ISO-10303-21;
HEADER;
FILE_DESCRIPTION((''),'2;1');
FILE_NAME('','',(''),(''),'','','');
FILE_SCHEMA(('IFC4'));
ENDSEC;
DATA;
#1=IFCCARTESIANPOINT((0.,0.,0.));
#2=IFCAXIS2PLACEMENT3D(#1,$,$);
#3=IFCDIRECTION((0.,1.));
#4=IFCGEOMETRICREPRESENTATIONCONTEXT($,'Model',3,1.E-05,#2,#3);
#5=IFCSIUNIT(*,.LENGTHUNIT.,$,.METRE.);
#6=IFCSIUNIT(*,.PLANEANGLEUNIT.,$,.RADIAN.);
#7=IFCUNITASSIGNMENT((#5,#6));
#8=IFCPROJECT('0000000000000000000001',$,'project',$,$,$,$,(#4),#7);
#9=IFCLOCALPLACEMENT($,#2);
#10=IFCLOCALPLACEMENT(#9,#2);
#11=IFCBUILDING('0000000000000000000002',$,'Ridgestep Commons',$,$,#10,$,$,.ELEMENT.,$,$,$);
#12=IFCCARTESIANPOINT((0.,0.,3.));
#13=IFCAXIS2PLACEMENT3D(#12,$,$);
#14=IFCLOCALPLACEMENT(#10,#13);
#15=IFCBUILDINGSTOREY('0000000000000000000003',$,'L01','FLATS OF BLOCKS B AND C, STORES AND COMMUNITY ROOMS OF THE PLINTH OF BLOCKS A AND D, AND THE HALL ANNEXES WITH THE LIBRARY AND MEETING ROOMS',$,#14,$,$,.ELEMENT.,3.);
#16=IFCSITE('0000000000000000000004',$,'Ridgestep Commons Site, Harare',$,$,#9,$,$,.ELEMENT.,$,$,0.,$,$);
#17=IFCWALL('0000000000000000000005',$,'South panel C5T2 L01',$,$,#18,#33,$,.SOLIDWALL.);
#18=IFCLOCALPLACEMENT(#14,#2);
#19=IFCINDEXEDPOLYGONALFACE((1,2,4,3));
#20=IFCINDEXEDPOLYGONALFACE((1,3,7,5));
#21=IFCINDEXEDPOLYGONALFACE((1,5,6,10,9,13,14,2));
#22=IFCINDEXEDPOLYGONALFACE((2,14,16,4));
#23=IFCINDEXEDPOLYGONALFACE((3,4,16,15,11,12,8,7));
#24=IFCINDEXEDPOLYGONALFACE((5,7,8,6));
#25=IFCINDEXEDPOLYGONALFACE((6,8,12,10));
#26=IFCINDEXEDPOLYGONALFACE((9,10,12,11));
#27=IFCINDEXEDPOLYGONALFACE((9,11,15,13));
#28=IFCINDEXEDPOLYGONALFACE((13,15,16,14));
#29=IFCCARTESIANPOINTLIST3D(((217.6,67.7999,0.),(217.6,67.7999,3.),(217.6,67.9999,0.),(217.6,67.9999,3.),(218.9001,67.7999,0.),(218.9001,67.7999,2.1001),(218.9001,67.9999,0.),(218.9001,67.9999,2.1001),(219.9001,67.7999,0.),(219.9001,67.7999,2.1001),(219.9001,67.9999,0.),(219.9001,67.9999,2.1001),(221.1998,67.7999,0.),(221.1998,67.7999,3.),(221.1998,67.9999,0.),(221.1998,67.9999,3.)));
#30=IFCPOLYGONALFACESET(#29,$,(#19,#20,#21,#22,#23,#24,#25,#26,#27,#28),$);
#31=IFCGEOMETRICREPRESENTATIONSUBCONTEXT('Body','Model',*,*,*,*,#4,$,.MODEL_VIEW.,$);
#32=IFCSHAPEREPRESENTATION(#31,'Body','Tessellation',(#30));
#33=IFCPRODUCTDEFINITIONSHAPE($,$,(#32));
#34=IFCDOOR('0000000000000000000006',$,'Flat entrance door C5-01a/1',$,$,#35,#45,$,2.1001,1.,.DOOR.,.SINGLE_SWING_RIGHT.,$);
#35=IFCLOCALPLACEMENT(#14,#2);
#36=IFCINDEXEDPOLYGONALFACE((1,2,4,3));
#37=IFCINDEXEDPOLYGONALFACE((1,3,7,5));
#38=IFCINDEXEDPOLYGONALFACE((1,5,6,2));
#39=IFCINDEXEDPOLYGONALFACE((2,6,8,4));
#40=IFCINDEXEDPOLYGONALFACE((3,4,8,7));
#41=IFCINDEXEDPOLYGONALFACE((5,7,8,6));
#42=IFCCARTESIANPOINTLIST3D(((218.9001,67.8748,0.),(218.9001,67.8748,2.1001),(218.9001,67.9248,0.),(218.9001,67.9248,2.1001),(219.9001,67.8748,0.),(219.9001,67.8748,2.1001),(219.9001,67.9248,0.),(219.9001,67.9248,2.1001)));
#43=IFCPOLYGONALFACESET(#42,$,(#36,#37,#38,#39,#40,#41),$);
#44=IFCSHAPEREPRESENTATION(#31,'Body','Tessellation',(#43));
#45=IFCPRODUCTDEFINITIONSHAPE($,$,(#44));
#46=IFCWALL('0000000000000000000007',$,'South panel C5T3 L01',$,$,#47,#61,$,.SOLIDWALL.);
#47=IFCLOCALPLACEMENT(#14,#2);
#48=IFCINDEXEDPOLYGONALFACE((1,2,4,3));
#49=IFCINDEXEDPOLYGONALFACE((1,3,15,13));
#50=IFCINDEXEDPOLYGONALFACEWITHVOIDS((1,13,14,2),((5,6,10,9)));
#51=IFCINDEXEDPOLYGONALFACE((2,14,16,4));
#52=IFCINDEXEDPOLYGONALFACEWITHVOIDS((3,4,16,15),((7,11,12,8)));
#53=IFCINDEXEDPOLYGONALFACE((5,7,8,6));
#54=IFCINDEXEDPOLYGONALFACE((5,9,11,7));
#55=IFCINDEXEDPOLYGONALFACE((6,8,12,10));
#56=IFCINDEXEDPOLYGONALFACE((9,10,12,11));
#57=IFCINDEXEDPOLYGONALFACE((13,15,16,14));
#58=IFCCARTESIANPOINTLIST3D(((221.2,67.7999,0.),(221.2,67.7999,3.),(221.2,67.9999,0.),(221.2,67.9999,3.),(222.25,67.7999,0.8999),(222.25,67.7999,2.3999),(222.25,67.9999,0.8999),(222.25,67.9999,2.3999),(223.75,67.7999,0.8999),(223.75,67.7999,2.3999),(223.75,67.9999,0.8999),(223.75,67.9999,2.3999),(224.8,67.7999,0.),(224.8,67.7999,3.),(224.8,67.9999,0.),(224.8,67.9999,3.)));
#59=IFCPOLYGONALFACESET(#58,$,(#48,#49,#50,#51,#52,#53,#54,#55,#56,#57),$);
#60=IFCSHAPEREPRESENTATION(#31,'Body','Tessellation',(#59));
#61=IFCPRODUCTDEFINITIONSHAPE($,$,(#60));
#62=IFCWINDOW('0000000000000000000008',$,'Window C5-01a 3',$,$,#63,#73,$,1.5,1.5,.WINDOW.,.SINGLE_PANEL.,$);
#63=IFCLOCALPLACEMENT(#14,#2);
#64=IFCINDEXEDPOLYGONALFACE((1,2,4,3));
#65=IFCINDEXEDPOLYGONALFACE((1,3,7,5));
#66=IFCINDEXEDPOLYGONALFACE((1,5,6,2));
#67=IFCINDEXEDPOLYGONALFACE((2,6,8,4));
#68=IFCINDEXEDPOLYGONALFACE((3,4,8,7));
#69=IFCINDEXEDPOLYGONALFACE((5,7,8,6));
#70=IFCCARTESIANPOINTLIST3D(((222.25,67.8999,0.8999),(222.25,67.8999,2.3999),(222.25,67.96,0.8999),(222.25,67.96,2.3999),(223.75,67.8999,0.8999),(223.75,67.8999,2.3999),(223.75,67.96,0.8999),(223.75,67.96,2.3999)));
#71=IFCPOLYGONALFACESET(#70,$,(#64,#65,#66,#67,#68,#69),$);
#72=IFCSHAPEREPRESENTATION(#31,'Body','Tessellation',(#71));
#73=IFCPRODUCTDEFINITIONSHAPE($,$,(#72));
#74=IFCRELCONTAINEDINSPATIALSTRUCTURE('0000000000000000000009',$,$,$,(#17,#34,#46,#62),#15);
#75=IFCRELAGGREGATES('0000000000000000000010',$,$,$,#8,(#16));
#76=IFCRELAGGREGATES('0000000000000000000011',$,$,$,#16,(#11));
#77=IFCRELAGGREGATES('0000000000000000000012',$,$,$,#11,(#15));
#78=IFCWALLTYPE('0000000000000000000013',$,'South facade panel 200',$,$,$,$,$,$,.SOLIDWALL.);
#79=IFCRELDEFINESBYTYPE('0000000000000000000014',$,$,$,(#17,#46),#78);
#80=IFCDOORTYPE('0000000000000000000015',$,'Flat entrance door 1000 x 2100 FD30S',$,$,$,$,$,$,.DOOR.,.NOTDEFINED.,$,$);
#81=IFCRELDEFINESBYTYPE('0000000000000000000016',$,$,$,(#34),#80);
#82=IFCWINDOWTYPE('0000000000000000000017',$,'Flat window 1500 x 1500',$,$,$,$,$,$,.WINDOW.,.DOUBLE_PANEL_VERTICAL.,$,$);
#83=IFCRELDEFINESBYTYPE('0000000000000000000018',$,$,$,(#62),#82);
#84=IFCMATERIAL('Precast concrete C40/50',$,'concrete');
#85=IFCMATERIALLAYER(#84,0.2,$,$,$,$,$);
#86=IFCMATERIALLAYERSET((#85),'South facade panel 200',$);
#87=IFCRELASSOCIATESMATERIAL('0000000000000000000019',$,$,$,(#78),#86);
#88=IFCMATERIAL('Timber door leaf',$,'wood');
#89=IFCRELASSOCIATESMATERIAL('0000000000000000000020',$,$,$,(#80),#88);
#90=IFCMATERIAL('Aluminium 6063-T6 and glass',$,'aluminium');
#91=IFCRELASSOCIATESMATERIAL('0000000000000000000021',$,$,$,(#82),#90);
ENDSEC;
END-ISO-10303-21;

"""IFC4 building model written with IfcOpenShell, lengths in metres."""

from ifc_helpers import new_model, si_unit, direction, frame, frame_2d, origin, place, context, subcontext, project, spatial, rectangle, extrude, material, layer, layer_set, type_object, element, fill, save


model = new_model("IFC4")

# Units and contexts
model_context = context("Model", 3, precision=1e-05, world=origin(), true_north=direction((0.0, 1.0)))
body_context = subcontext(model_context, "Body", "Model", "MODEL_VIEW")
ifc_project = project(units=[si_unit("LENGTHUNIT", "METRE"), si_unit("PLANEANGLEUNIT", "RADIAN")], contexts=[model_context])

# Site, building, storey
site_placement = place(None, origin())
site = spatial("IfcSite", under=ifc_project, at=site_placement, Name="Ridgestep Commons Site, Harare", CompositionType="ELEMENT", RefElevation=0.0)
building_placement = place(site_placement, origin())
building = spatial("IfcBuilding", under=site, at=building_placement, Name="Ridgestep Commons", CompositionType="ELEMENT")
storey_placement = place(building_placement, frame((0.0, 0.0, 3.0)))
storey = spatial("IfcBuildingStorey", under=building, at=storey_placement, Name="L01", Description="FLATS OF BLOCKS B AND C, STORES AND COMMUNITY ROOMS OF THE PLINTH OF BLOCKS A AND D, AND THE HALL ANNEXES WITH THE LIBRARY AND MEETING ROOMS", CompositionType="ELEMENT", Elevation=3.0)

# Shared definitions
ifc_material_1 = material(Name="Precast concrete C40/50", Category="concrete")
ifc_layer_1 = layer(ifc_material_1, 0.2)
ifc_layer_set_1 = layer_set([ifc_layer_1], Name="South facade panel 200")
wall_type_1 = type_object("IfcWallType", Name="South facade panel 200", PredefinedType="SOLIDWALL", material=ifc_layer_set_1)
ifc_material_2 = material(Name="Timber door leaf", Category="wood")
door_type_1 = type_object("IfcDoorType", Name="Flat entrance door 1000 x 2100 FD30S", OperationType="NOTDEFINED", PredefinedType="DOOR", material=ifc_material_2)

# Shared definitions
ifc_material_3 = material(Name="Aluminium 6063-T6 and glass", Category="aluminium")
window_type_1 = type_object("IfcWindowType", Name="Flat window 1500 x 1500", PartitioningType="DOUBLE_PANEL_VERTICAL", PredefinedType="WINDOW", material=ifc_material_3)

# Wall, opening, door
wall_1_placement = place(storey_placement, frame((217.6001, 67.8999, 0.0), z_axis=(0.0, 0.0, 1.0), x_axis=(1.0, 0.0, 0.0)))
wall_1 = element("IfcWall", 1, at=wall_1_placement, inside=storey, type_object=wall_type_1, Name="South panel C5T2 L01", PredefinedType="SOLIDWALL", context=body_context, shape_type="SweptSolid", body=[
    extrude(rectangle(XDim=3.5999, YDim=0.2, at=frame_2d((1.7998, 0.0))), origin(), (0.0, 0.0, 1.0), 3.0),
])
opening_1_placement = place(wall_1_placement, frame((1.3, 0.0, 0.0)))
opening_1 = element("IfcOpeningElement", 2, at=opening_1_placement, cuts=wall_1, PredefinedType="OPENING", context=body_context, shape_type="SweptSolid", body=[
    extrude(rectangle(XDim=1.0, YDim=2.1001, at=frame_2d((0.5, 1.05))), frame((0.0, 0.1099, 0.0), z_axis=(0.0, -1.0, 0.0), x_axis=(1.0, 0.0, 0.0)), (0.0, 0.0, 1.0), 0.22),
])
door_1_placement = place(opening_1_placement, origin())
door_1 = element("IfcDoor", 3, at=door_1_placement, inside=storey, type_object=door_type_1, Name="Flat entrance door C5-01a/1", OperationType="SINGLE_SWING_RIGHT", OverallHeight=2.1001, OverallWidth=1.0, PredefinedType="DOOR", context=body_context, shape_type="SweptSolid", body=[
    extrude(rectangle(XDim=1.0, YDim=2.1001, at=frame_2d((0.5, 1.05))), frame((0.0, 0.0249, 0.0), z_axis=(0.0, -1.0, 0.0), x_axis=(1.0, 0.0, 0.0)), (0.0, 0.0, 1.0), 0.05),
])
fill(opening_1, door_1)

# Wall, opening, window
wall_2_placement = place(storey_placement, frame((221.2, 67.8999, 0.0), z_axis=(0.0, 0.0, 1.0), x_axis=(1.0, 0.0, 0.0)))
wall_2 = element("IfcWall", 4, at=wall_2_placement, inside=storey, type_object=wall_type_1, Name="South panel C5T3 L01", PredefinedType="SOLIDWALL", context=body_context, shape_type="SweptSolid", body=[
    extrude(rectangle(XDim=3.6001, YDim=0.2, at=frame_2d((1.8, 0.0))), origin(), (0.0, 0.0, 1.0), 3.0),
])
opening_2_placement = place(wall_2_placement, frame((1.05, 0.0, 0.8999)))
opening_2 = element("IfcOpeningElement", 5, at=opening_2_placement, cuts=wall_2, PredefinedType="OPENING", context=body_context, shape_type="SweptSolid", body=[
    extrude(rectangle(XDim=1.5, YDim=1.5, at=frame_2d((0.75, 0.75))), frame((0.0, 0.1099, 0.0), z_axis=(0.0, -1.0, 0.0), x_axis=(1.0, 0.0, 0.0)), (0.0, 0.0, 1.0), 0.22),
])
window_1_placement = place(opening_2_placement, origin())
window_1 = element("IfcWindow", 6, at=window_1_placement, inside=storey, type_object=window_type_1, Name="Window C5-01a 3", OverallHeight=1.5, OverallWidth=1.5, PartitioningType="SINGLE_PANEL", PredefinedType="WINDOW", context=body_context, shape_type="SweptSolid", body=[
    extrude(rectangle(XDim=1.5, YDim=1.5, at=frame_2d((0.75, 0.75))), frame((0.0, 0.0601, 0.0), z_axis=(0.0, -1.0, 0.0), x_axis=(1.0, 0.0, 0.0)), (0.0, 0.0, 1.0), 0.0601),
])
fill(opening_2, window_1)

save(model, "model.ifc")
